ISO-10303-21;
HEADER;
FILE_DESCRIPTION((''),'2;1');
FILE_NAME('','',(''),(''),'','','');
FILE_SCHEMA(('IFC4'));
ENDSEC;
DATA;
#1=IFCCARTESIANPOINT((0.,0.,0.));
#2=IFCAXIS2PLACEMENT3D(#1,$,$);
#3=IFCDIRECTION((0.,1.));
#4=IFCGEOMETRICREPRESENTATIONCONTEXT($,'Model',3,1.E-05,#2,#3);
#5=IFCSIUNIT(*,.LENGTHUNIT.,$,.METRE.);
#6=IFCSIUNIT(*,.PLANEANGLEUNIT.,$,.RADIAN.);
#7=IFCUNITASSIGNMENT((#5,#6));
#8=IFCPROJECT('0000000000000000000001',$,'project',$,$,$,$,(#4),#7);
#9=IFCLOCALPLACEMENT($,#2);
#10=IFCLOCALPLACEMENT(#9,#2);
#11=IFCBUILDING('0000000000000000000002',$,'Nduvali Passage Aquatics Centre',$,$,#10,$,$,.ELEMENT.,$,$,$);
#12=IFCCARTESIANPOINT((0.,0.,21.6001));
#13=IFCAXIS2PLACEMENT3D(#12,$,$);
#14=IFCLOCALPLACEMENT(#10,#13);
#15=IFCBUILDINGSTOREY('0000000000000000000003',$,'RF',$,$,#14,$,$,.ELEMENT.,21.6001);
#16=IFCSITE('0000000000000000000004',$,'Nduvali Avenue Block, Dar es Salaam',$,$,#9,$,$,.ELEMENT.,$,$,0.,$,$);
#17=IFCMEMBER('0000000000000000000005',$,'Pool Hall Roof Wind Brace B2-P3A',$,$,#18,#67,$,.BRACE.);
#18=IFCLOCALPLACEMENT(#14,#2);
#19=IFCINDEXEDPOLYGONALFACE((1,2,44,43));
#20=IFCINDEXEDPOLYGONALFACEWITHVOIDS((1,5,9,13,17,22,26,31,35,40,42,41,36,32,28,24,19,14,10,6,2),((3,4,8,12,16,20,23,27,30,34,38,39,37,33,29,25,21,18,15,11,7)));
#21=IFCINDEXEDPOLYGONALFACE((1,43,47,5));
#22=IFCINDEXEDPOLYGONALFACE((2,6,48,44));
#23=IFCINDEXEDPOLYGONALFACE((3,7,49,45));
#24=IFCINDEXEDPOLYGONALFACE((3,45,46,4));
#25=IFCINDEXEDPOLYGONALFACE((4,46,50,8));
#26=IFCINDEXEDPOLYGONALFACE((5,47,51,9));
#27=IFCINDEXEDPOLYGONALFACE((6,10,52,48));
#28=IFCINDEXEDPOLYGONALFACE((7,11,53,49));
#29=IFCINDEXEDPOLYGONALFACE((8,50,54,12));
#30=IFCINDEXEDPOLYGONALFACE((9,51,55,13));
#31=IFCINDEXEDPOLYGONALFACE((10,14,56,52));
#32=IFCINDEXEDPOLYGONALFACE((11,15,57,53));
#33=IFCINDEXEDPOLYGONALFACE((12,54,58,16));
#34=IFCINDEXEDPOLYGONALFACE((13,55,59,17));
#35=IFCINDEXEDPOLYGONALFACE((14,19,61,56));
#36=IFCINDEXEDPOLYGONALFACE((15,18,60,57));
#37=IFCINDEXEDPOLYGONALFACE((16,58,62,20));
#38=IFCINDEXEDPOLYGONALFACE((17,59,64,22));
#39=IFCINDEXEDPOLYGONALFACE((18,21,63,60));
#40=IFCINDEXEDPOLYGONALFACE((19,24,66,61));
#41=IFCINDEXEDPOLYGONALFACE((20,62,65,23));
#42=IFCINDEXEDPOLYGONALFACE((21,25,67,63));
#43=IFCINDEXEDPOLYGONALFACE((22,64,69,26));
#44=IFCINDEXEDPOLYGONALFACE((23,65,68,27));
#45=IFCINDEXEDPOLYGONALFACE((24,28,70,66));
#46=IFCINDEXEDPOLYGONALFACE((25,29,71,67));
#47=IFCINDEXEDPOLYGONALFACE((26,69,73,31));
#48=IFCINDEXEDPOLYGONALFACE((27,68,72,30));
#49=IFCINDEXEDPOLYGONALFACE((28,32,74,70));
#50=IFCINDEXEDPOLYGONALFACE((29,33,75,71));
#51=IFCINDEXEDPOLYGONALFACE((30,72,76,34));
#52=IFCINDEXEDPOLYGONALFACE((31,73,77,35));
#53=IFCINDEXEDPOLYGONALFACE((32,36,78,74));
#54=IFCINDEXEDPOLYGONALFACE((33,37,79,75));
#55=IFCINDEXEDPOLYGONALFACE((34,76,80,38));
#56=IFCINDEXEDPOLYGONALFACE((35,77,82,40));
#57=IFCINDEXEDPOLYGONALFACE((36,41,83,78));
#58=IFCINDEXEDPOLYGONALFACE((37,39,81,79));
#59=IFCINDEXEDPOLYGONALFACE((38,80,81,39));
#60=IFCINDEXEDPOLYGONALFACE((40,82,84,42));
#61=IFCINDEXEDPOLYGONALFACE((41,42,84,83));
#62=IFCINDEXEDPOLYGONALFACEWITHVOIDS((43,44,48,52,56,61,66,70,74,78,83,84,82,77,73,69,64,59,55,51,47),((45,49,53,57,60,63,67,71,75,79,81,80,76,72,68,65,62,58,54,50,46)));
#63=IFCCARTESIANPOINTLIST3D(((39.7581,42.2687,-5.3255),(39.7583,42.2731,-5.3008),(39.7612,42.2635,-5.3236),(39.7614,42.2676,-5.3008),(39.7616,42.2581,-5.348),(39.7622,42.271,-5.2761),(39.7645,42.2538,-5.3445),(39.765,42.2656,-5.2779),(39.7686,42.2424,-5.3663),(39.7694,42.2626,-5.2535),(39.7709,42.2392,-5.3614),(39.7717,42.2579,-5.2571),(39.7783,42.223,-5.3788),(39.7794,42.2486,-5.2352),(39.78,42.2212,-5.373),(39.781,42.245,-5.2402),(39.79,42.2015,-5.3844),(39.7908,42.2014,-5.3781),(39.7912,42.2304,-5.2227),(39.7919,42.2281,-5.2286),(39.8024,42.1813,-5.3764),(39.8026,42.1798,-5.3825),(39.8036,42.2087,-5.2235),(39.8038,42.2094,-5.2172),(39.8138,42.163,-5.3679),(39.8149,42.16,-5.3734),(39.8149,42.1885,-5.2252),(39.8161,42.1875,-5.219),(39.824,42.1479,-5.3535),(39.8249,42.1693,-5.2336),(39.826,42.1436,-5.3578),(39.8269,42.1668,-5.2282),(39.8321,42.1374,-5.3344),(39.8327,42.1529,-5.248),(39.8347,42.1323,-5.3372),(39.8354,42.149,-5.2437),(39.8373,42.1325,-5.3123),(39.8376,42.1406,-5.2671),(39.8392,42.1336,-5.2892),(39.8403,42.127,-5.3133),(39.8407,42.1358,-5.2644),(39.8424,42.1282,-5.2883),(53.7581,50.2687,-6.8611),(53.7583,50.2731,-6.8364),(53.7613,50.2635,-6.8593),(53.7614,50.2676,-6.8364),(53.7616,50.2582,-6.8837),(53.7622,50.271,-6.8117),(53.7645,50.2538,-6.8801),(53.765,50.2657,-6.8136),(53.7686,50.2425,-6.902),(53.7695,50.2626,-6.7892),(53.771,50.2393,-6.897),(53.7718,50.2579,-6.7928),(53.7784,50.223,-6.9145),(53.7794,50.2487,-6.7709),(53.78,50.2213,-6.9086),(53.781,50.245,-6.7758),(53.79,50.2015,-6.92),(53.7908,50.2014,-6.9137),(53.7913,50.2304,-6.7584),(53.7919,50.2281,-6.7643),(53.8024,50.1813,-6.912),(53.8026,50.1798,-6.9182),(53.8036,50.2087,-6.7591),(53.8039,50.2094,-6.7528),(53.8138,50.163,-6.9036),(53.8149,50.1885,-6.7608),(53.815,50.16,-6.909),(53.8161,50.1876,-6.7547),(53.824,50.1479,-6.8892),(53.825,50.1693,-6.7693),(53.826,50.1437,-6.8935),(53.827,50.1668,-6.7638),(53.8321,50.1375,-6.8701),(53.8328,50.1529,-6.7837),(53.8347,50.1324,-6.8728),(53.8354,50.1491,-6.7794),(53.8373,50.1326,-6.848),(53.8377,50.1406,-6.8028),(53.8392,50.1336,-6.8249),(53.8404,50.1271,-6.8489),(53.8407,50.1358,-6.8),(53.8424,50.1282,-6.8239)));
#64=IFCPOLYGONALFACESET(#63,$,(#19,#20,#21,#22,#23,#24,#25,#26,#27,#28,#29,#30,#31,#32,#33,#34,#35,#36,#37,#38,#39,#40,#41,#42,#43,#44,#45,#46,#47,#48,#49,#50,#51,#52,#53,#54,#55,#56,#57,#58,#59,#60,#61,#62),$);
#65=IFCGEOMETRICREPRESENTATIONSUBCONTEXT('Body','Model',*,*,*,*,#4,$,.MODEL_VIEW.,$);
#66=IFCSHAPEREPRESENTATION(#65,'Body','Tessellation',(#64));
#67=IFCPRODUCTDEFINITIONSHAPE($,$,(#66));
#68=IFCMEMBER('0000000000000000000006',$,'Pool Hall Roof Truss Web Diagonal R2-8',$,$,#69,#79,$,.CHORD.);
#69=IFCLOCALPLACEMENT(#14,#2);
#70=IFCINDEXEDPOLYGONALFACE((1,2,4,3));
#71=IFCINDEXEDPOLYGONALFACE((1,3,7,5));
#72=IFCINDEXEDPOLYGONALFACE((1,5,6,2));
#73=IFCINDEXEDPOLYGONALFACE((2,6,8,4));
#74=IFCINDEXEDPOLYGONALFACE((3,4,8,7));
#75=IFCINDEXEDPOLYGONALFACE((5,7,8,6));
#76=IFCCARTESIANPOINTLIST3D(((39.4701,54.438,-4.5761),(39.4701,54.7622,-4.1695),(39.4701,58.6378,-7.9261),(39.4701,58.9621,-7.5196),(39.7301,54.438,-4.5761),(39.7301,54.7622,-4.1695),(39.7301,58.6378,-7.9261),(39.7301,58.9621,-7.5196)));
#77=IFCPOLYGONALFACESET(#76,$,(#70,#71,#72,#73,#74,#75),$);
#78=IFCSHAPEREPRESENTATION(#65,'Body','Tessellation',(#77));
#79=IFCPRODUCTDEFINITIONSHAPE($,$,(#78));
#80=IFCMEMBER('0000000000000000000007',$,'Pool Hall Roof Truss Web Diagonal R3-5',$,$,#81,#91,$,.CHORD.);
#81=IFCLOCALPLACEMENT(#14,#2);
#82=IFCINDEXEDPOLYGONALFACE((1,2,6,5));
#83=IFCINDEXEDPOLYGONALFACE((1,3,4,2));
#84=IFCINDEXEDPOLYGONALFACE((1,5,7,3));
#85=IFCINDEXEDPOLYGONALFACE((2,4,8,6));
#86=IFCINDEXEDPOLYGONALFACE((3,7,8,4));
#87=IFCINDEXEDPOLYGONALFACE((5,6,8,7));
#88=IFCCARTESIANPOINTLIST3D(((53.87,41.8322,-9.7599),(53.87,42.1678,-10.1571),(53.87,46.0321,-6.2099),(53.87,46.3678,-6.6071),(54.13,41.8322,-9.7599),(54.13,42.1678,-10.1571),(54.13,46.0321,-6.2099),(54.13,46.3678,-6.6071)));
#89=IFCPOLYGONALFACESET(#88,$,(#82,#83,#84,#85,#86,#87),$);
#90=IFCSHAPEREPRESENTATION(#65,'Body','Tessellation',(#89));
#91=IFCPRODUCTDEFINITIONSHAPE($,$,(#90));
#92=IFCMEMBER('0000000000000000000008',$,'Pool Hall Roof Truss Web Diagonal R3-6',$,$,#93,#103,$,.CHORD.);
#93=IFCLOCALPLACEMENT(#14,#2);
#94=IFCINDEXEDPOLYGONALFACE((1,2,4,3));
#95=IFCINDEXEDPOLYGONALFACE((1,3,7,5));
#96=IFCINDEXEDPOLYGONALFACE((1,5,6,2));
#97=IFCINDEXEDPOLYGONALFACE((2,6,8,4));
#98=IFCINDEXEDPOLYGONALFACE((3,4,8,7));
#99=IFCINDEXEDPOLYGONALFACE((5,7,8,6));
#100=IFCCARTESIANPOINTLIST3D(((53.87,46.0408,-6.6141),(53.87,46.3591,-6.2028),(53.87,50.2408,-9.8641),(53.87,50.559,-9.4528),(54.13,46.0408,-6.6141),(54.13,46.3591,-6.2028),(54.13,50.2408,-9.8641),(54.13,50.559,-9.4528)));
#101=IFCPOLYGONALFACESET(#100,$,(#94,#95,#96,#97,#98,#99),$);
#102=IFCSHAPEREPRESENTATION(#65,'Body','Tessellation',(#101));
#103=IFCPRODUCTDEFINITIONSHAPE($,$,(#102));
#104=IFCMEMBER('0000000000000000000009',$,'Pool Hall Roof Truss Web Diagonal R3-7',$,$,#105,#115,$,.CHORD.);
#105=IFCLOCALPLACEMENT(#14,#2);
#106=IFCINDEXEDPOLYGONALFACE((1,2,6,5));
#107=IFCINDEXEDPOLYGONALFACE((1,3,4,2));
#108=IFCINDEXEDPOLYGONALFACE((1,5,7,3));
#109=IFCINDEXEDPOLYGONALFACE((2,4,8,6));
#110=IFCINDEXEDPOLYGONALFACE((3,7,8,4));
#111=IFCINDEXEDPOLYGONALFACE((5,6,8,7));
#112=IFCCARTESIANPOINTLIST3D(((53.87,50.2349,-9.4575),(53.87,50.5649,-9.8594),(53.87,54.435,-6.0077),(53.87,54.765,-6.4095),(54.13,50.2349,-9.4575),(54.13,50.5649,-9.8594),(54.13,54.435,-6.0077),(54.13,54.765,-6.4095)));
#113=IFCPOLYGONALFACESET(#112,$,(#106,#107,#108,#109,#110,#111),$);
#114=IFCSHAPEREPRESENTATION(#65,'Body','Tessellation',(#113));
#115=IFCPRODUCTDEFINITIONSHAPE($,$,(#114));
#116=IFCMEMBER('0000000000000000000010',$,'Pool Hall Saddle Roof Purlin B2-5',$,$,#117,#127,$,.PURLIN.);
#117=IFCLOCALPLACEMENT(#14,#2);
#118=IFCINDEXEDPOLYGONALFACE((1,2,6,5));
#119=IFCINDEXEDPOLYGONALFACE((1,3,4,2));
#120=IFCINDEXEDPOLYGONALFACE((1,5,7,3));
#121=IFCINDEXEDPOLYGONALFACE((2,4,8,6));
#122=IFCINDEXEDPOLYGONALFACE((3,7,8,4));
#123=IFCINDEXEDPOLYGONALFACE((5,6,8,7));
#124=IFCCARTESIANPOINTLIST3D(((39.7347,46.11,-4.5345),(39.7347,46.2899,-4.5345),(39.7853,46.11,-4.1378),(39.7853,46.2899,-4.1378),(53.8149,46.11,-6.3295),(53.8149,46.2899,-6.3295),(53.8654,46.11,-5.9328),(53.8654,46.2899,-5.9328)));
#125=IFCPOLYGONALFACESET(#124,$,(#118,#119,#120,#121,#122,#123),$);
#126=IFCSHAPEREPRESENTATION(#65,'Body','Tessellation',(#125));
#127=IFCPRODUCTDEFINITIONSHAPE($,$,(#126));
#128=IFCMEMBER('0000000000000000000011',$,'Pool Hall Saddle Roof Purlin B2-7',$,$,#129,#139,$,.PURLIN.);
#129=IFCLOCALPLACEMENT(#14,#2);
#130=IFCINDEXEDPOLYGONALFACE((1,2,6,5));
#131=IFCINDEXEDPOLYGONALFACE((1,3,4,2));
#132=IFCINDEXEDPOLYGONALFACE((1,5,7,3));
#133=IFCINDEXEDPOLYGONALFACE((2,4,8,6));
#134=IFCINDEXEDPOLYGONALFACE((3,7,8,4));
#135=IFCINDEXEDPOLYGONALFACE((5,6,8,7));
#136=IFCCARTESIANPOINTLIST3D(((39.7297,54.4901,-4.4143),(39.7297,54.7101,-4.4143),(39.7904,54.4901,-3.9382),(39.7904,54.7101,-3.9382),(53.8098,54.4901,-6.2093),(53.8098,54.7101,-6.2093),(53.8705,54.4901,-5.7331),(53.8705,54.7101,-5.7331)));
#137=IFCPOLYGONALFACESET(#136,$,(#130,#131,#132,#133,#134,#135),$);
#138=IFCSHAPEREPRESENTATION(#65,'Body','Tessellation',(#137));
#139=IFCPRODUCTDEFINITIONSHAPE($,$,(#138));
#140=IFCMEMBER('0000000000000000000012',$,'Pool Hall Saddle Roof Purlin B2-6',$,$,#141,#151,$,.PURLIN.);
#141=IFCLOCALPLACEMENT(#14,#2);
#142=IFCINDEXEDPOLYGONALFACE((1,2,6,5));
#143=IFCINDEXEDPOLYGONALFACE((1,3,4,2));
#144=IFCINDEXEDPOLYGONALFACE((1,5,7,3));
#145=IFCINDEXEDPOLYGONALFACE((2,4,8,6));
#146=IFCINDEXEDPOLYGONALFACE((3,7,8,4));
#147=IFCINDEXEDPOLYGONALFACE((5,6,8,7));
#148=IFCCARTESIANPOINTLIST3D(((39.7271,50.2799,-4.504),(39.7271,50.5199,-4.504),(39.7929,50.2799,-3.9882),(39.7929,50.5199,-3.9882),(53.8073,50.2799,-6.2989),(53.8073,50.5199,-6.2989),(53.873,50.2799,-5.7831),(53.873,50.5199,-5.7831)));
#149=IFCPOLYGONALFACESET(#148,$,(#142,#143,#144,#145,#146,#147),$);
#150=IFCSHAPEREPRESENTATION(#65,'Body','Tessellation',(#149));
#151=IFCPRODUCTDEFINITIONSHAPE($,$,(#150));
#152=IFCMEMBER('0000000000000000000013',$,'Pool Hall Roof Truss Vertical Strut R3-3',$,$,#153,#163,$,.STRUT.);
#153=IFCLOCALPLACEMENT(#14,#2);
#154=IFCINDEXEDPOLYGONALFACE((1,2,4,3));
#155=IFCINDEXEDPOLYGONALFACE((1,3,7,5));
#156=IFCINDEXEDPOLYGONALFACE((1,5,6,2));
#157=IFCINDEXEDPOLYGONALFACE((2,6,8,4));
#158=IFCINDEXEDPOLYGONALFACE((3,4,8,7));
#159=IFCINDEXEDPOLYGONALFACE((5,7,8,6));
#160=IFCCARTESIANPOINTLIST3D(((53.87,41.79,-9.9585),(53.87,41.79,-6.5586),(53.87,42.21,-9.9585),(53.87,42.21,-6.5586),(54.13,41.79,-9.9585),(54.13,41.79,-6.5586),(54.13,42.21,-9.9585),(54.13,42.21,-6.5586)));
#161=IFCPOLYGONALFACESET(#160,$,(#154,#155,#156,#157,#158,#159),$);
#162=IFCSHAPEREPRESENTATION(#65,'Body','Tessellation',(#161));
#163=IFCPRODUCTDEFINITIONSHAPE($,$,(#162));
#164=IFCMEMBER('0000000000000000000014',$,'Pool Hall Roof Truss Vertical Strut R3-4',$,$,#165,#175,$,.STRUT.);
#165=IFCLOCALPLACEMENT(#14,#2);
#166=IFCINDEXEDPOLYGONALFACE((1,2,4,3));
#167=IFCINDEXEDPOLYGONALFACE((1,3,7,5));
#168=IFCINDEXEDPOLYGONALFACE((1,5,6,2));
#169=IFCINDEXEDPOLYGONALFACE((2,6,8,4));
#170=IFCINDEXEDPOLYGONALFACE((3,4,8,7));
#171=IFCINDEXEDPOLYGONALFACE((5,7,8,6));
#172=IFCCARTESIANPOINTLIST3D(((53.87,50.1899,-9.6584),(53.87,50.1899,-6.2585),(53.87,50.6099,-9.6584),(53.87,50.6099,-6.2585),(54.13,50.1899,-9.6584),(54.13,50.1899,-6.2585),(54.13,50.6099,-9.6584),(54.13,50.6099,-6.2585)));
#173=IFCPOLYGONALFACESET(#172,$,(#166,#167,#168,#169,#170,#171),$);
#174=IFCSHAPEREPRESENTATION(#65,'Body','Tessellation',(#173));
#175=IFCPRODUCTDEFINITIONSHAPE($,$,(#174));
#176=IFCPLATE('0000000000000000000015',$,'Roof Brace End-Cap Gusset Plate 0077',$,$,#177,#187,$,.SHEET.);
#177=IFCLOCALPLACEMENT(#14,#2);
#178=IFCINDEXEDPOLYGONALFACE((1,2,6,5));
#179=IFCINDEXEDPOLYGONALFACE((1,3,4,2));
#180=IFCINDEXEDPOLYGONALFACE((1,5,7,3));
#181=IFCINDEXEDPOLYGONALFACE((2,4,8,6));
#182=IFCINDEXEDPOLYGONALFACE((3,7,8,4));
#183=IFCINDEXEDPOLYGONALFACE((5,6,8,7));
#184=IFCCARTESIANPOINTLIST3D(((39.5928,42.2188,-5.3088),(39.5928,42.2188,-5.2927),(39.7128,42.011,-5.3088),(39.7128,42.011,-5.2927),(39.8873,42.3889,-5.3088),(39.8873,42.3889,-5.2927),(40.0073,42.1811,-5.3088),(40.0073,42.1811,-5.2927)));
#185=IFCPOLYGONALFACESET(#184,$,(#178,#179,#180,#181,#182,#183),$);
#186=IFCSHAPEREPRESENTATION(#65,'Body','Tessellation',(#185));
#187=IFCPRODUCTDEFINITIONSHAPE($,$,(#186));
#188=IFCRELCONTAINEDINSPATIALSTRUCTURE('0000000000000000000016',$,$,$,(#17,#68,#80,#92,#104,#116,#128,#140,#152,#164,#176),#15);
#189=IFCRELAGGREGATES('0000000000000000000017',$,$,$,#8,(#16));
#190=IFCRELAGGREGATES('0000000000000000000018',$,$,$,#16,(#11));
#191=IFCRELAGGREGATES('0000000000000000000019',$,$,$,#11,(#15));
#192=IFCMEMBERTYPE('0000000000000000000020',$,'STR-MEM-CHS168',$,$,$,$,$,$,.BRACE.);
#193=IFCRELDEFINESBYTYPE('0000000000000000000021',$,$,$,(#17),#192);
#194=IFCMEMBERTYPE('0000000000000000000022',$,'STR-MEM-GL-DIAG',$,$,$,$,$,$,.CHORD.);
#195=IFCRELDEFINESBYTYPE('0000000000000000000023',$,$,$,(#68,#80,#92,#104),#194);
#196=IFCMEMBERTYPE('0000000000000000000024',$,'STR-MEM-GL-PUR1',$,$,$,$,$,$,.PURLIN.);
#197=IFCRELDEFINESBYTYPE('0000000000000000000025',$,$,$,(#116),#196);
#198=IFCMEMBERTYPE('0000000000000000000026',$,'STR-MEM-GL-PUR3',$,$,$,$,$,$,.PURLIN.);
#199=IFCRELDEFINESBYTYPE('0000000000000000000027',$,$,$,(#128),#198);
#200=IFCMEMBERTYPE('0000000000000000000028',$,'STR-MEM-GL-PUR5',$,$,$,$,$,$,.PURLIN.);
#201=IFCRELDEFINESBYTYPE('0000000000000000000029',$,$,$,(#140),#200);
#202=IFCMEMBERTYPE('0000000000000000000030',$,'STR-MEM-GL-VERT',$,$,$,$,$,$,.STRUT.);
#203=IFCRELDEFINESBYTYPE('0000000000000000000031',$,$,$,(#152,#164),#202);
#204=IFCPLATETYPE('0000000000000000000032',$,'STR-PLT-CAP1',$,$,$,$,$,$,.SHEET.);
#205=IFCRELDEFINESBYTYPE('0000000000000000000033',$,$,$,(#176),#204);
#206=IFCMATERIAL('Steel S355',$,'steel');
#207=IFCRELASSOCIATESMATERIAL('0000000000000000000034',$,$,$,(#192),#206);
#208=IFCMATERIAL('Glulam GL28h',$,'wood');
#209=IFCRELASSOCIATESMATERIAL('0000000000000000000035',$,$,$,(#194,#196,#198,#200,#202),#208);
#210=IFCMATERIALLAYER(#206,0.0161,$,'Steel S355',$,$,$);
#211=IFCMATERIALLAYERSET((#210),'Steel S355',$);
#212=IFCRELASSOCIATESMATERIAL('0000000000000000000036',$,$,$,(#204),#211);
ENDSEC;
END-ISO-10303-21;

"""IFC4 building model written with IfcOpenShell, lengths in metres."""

from ifc_helpers import new_model, si_unit, direction, frame, origin, origin_2d, place, context, subcontext, project, spatial, rectangle, hollow_circle, extrude, material, layer, layer_set, material_profile, profile_set, type_object, element, save


model = new_model("IFC4")

# Units and contexts
model_context = context("Model", 3, precision=1e-05, world=origin(), true_north=direction((0.0, 1.0)))
body_context = subcontext(model_context, "Body", "Model", "MODEL_VIEW")
ifc_project = project(units=[si_unit("LENGTHUNIT", "METRE"), si_unit("PLANEANGLEUNIT", "RADIAN")], contexts=[model_context])

# Site, building, storey
site_placement = place(None, origin())
site = spatial("IfcSite", under=ifc_project, at=site_placement, Name="Nduvali Avenue Block, Dar es Salaam", CompositionType="ELEMENT", RefElevation=0.0)
building_placement = place(site_placement, origin())
building = spatial("IfcBuilding", under=site, at=building_placement, Name="Nduvali Passage Aquatics Centre", CompositionType="ELEMENT")
storey_placement = place(building_placement, frame((0.0, 0.0, 21.6001)))
storey = spatial("IfcBuildingStorey", under=building, at=storey_placement, Name="RF", CompositionType="ELEMENT", Elevation=21.6001)

# Members
ifc_material_1 = material(Name="Steel S355", Category="steel")
ifc_material_profile_1 = material_profile(ifc_material_1, hollow_circle(Radius=0.0842, WallThickness=0.0063, at=origin_2d()), Name="CHS 168.3x6.3")
ifc_profile_set_1 = profile_set([ifc_material_profile_1], Name="Steel S355")
member_type_1 = type_object("IfcMemberType", Name="STR-MEM-CHS168", PredefinedType="BRACE", material=ifc_profile_set_1)
member_1_placement = place(storey_placement, frame((39.8, 42.2, -5.3008), z_axis=(0.864332, 0.493904, -0.094808), x_axis=(-0.496139, 0.868243, 0.0)))
element("IfcMember", 1, at=member_1_placement, inside=storey, type_object=member_type_1, Name="Pool Hall Roof Wind Brace B2-P3A", PredefinedType="BRACE", context=body_context, shape_type="SweptSolid", body=[
    extrude(hollow_circle(Radius=0.0842, WallThickness=0.0063, at=origin_2d()), origin(), (0.0, 0.0, 1.0), 16.1975),
])
ifc_material_2 = material(Name="Glulam GL28h", Category="wood")
ifc_material_profile_2 = material_profile(ifc_material_2, rectangle(XDim=0.26, YDim=0.52, at=origin_2d()), Name="GL28h 260x520")
ifc_profile_set_2 = profile_set([ifc_material_profile_2], Name="Glulam GL28h")
member_type_2 = type_object("IfcMemberType", Name="STR-MEM-GL-DIAG", PredefinedType="CHORD", material=ifc_profile_set_2)
member_2_placement = place(storey_placement, frame((39.6001, 54.6001, -4.3728), z_axis=(0.0, 0.781764, -0.623575), x_axis=(-1.0, 0.0, 0.0)))
element("IfcMember", 2, at=member_2_placement, inside=storey, type_object=member_type_2, Name="Pool Hall Roof Truss Web Diagonal R2-8", PredefinedType="CHORD", context=body_context, shape_type="SweptSolid", body=[
    extrude(rectangle(XDim=0.26, YDim=0.52, at=origin_2d()), origin(), (0.0, 0.0, 1.0), 5.3723),
])
member_3_placement = place(storey_placement, frame((54.0, 42.0, -9.9585), z_axis=(0.0, 0.763723, 0.645544), x_axis=(-1.0, 0.0, 0.0)))
element("IfcMember", 3, at=member_3_placement, inside=storey, type_object=member_type_2, Name="Pool Hall Roof Truss Web Diagonal R3-5", PredefinedType="CHORD", context=body_context, shape_type="SweptSolid", body=[
    extrude(rectangle(XDim=0.26, YDim=0.52, at=origin_2d()), origin(), (0.0, 0.0, 1.0), 5.4993),
])
member_4_placement = place(storey_placement, frame((54.0, 46.2, -6.4084), z_axis=(0.0, 0.790867, -0.611988), x_axis=(-1.0, 0.0, 0.0)))
element("IfcMember", 4, at=member_4_placement, inside=storey, type_object=member_type_2, Name="Pool Hall Roof Truss Web Diagonal R3-6", PredefinedType="CHORD", context=body_context, shape_type="SweptSolid", body=[
    extrude(rectangle(XDim=0.26, YDim=0.52, at=origin_2d()), origin(), (0.0, 0.0, 1.0), 5.3105),
])
member_5_placement = place(storey_placement, frame((54.0, 50.3999, -9.6584), z_axis=(0.0, 0.772745, 0.634716), x_axis=(-1.0, 0.0, 0.0)))
element("IfcMember", 5, at=member_5_placement, inside=storey, type_object=member_type_2, Name="Pool Hall Roof Truss Web Diagonal R3-7", PredefinedType="CHORD", context=body_context, shape_type="SweptSolid", body=[
    extrude(rectangle(XDim=0.26, YDim=0.52, at=origin_2d()), origin(), (0.0, 0.0, 1.0), 5.4353),
])
ifc_material_profile_3 = material_profile(ifc_material_2, rectangle(XDim=0.1799, YDim=0.3999, at=origin_2d()), Name="GL28h 180x400")
ifc_profile_set_3 = profile_set([ifc_material_profile_3], Name="Glulam GL28h")
member_type_3 = type_object("IfcMemberType", Name="STR-MEM-GL-PUR1", PredefinedType="PURLIN", material=ifc_profile_set_3)
member_6_placement = place(storey_placement, frame((39.76, 46.2, -4.3362), z_axis=(0.991972, 0.0, -0.126456), x_axis=(0.0, 1.0, 0.0)))
element("IfcMember", 6, at=member_6_placement, inside=storey, type_object=member_type_3, Name="Pool Hall Saddle Roof Purlin B2-5", PredefinedType="PURLIN", context=body_context, shape_type="SweptSolid", body=[
    extrude(rectangle(XDim=0.1799, YDim=0.3999, at=origin_2d()), origin(), (0.0, 0.0, 1.0), 14.1941),
])
ifc_material_profile_4 = material_profile(ifc_material_2, rectangle(XDim=0.22, YDim=0.48, at=origin_2d()), Name="GL28h 220x480")
ifc_profile_set_4 = profile_set([ifc_material_profile_4], Name="Glulam GL28h")
member_type_4 = type_object("IfcMemberType", Name="STR-MEM-GL-PUR3", PredefinedType="PURLIN", material=ifc_profile_set_4)
member_7_placement = place(storey_placement, frame((39.76, 54.6001, -4.1763), z_axis=(0.991972, 0.0, -0.126456), x_axis=(0.0, 1.0, 0.0)))
element("IfcMember", 7, at=member_7_placement, inside=storey, type_object=member_type_4, Name="Pool Hall Saddle Roof Purlin B2-7", PredefinedType="PURLIN", context=body_context, shape_type="SweptSolid", body=[
    extrude(rectangle(XDim=0.22, YDim=0.48, at=origin_2d()), origin(), (0.0, 0.0, 1.0), 14.1941),
])
ifc_material_profile_5 = material_profile(ifc_material_2, rectangle(XDim=0.24, YDim=0.52, at=origin_2d()), Name="GL28h 240x520")
ifc_profile_set_5 = profile_set([ifc_material_profile_5], Name="Glulam GL28h")
member_type_5 = type_object("IfcMemberType", Name="STR-MEM-GL-PUR5", PredefinedType="PURLIN", material=ifc_profile_set_5)
member_8_placement = place(storey_placement, frame((39.76, 50.3999, -4.2461), z_axis=(0.991972, 0.0, -0.126456), x_axis=(0.0, 1.0, 0.0)))
element("IfcMember", 8, at=member_8_placement, inside=storey, type_object=member_type_5, Name="Pool Hall Saddle Roof Purlin B2-6", PredefinedType="PURLIN", context=body_context, shape_type="SweptSolid", body=[
    extrude(rectangle(XDim=0.24, YDim=0.52, at=origin_2d()), origin(), (0.0, 0.0, 1.0), 14.1941),
])
ifc_material_profile_6 = material_profile(ifc_material_2, rectangle(XDim=0.26, YDim=0.4199, at=origin_2d()), Name="GL28h 260x420")
ifc_profile_set_6 = profile_set([ifc_material_profile_6], Name="Glulam GL28h")
member_type_6 = type_object("IfcMemberType", Name="STR-MEM-GL-VERT", PredefinedType="STRUT", material=ifc_profile_set_6)
for number, where, z_axis, x_axis, name in (
    (9, (54.0, 42.0, -9.9585), (0.0, 0.0, 1.0), (1.0, 0.0, 0.0), "Pool Hall Roof Truss Vertical Strut R3-3"),
    (10, (54.0, 50.3999, -9.6584), (0.0, 0.0, 1.0), (1.0, 0.0, 0.0), "Pool Hall Roof Truss Vertical Strut R3-4"),
):
    element("IfcMember", number, at=place(storey_placement, frame(where, z_axis=z_axis, x_axis=x_axis)), inside=storey, type_object=member_type_6, Name=name, PredefinedType="STRUT", context=body_context, shape_type="SweptSolid", body=[
        extrude(rectangle(XDim=0.26, YDim=0.4199, at=origin_2d()), origin(), (0.0, 0.0, 1.0), 3.3999),
    ])

# Plate
ifc_layer_1 = layer(ifc_material_1, 0.0161, Name="Steel S355")
ifc_layer_set_1 = layer_set([ifc_layer_1], Name="Steel S355")
plate_type_1 = type_object("IfcPlateType", Name="STR-PLT-CAP1", PredefinedType="SHEET", material=ifc_layer_set_1)
for number, where, z_axis, x_axis, name in (
    (11, (39.8, 42.2, -5.3088), (0.0, 0.0, 1.0), (0.866025, 0.5, 0.0), "Roof Brace End-Cap Gusset Plate 0077"),
):
    element("IfcPlate", number, at=place(storey_placement, frame(where, z_axis=z_axis, x_axis=x_axis)), inside=storey, type_object=plate_type_1, Name=name, PredefinedType="SHEET", context=body_context, shape_type="SweptSolid", body=[
        extrude(rectangle(XDim=0.3401, YDim=0.24, at=origin_2d()), origin(), (0.0, 0.0, 1.0), 0.0161),
    ])

save(model, "model.ifc")
